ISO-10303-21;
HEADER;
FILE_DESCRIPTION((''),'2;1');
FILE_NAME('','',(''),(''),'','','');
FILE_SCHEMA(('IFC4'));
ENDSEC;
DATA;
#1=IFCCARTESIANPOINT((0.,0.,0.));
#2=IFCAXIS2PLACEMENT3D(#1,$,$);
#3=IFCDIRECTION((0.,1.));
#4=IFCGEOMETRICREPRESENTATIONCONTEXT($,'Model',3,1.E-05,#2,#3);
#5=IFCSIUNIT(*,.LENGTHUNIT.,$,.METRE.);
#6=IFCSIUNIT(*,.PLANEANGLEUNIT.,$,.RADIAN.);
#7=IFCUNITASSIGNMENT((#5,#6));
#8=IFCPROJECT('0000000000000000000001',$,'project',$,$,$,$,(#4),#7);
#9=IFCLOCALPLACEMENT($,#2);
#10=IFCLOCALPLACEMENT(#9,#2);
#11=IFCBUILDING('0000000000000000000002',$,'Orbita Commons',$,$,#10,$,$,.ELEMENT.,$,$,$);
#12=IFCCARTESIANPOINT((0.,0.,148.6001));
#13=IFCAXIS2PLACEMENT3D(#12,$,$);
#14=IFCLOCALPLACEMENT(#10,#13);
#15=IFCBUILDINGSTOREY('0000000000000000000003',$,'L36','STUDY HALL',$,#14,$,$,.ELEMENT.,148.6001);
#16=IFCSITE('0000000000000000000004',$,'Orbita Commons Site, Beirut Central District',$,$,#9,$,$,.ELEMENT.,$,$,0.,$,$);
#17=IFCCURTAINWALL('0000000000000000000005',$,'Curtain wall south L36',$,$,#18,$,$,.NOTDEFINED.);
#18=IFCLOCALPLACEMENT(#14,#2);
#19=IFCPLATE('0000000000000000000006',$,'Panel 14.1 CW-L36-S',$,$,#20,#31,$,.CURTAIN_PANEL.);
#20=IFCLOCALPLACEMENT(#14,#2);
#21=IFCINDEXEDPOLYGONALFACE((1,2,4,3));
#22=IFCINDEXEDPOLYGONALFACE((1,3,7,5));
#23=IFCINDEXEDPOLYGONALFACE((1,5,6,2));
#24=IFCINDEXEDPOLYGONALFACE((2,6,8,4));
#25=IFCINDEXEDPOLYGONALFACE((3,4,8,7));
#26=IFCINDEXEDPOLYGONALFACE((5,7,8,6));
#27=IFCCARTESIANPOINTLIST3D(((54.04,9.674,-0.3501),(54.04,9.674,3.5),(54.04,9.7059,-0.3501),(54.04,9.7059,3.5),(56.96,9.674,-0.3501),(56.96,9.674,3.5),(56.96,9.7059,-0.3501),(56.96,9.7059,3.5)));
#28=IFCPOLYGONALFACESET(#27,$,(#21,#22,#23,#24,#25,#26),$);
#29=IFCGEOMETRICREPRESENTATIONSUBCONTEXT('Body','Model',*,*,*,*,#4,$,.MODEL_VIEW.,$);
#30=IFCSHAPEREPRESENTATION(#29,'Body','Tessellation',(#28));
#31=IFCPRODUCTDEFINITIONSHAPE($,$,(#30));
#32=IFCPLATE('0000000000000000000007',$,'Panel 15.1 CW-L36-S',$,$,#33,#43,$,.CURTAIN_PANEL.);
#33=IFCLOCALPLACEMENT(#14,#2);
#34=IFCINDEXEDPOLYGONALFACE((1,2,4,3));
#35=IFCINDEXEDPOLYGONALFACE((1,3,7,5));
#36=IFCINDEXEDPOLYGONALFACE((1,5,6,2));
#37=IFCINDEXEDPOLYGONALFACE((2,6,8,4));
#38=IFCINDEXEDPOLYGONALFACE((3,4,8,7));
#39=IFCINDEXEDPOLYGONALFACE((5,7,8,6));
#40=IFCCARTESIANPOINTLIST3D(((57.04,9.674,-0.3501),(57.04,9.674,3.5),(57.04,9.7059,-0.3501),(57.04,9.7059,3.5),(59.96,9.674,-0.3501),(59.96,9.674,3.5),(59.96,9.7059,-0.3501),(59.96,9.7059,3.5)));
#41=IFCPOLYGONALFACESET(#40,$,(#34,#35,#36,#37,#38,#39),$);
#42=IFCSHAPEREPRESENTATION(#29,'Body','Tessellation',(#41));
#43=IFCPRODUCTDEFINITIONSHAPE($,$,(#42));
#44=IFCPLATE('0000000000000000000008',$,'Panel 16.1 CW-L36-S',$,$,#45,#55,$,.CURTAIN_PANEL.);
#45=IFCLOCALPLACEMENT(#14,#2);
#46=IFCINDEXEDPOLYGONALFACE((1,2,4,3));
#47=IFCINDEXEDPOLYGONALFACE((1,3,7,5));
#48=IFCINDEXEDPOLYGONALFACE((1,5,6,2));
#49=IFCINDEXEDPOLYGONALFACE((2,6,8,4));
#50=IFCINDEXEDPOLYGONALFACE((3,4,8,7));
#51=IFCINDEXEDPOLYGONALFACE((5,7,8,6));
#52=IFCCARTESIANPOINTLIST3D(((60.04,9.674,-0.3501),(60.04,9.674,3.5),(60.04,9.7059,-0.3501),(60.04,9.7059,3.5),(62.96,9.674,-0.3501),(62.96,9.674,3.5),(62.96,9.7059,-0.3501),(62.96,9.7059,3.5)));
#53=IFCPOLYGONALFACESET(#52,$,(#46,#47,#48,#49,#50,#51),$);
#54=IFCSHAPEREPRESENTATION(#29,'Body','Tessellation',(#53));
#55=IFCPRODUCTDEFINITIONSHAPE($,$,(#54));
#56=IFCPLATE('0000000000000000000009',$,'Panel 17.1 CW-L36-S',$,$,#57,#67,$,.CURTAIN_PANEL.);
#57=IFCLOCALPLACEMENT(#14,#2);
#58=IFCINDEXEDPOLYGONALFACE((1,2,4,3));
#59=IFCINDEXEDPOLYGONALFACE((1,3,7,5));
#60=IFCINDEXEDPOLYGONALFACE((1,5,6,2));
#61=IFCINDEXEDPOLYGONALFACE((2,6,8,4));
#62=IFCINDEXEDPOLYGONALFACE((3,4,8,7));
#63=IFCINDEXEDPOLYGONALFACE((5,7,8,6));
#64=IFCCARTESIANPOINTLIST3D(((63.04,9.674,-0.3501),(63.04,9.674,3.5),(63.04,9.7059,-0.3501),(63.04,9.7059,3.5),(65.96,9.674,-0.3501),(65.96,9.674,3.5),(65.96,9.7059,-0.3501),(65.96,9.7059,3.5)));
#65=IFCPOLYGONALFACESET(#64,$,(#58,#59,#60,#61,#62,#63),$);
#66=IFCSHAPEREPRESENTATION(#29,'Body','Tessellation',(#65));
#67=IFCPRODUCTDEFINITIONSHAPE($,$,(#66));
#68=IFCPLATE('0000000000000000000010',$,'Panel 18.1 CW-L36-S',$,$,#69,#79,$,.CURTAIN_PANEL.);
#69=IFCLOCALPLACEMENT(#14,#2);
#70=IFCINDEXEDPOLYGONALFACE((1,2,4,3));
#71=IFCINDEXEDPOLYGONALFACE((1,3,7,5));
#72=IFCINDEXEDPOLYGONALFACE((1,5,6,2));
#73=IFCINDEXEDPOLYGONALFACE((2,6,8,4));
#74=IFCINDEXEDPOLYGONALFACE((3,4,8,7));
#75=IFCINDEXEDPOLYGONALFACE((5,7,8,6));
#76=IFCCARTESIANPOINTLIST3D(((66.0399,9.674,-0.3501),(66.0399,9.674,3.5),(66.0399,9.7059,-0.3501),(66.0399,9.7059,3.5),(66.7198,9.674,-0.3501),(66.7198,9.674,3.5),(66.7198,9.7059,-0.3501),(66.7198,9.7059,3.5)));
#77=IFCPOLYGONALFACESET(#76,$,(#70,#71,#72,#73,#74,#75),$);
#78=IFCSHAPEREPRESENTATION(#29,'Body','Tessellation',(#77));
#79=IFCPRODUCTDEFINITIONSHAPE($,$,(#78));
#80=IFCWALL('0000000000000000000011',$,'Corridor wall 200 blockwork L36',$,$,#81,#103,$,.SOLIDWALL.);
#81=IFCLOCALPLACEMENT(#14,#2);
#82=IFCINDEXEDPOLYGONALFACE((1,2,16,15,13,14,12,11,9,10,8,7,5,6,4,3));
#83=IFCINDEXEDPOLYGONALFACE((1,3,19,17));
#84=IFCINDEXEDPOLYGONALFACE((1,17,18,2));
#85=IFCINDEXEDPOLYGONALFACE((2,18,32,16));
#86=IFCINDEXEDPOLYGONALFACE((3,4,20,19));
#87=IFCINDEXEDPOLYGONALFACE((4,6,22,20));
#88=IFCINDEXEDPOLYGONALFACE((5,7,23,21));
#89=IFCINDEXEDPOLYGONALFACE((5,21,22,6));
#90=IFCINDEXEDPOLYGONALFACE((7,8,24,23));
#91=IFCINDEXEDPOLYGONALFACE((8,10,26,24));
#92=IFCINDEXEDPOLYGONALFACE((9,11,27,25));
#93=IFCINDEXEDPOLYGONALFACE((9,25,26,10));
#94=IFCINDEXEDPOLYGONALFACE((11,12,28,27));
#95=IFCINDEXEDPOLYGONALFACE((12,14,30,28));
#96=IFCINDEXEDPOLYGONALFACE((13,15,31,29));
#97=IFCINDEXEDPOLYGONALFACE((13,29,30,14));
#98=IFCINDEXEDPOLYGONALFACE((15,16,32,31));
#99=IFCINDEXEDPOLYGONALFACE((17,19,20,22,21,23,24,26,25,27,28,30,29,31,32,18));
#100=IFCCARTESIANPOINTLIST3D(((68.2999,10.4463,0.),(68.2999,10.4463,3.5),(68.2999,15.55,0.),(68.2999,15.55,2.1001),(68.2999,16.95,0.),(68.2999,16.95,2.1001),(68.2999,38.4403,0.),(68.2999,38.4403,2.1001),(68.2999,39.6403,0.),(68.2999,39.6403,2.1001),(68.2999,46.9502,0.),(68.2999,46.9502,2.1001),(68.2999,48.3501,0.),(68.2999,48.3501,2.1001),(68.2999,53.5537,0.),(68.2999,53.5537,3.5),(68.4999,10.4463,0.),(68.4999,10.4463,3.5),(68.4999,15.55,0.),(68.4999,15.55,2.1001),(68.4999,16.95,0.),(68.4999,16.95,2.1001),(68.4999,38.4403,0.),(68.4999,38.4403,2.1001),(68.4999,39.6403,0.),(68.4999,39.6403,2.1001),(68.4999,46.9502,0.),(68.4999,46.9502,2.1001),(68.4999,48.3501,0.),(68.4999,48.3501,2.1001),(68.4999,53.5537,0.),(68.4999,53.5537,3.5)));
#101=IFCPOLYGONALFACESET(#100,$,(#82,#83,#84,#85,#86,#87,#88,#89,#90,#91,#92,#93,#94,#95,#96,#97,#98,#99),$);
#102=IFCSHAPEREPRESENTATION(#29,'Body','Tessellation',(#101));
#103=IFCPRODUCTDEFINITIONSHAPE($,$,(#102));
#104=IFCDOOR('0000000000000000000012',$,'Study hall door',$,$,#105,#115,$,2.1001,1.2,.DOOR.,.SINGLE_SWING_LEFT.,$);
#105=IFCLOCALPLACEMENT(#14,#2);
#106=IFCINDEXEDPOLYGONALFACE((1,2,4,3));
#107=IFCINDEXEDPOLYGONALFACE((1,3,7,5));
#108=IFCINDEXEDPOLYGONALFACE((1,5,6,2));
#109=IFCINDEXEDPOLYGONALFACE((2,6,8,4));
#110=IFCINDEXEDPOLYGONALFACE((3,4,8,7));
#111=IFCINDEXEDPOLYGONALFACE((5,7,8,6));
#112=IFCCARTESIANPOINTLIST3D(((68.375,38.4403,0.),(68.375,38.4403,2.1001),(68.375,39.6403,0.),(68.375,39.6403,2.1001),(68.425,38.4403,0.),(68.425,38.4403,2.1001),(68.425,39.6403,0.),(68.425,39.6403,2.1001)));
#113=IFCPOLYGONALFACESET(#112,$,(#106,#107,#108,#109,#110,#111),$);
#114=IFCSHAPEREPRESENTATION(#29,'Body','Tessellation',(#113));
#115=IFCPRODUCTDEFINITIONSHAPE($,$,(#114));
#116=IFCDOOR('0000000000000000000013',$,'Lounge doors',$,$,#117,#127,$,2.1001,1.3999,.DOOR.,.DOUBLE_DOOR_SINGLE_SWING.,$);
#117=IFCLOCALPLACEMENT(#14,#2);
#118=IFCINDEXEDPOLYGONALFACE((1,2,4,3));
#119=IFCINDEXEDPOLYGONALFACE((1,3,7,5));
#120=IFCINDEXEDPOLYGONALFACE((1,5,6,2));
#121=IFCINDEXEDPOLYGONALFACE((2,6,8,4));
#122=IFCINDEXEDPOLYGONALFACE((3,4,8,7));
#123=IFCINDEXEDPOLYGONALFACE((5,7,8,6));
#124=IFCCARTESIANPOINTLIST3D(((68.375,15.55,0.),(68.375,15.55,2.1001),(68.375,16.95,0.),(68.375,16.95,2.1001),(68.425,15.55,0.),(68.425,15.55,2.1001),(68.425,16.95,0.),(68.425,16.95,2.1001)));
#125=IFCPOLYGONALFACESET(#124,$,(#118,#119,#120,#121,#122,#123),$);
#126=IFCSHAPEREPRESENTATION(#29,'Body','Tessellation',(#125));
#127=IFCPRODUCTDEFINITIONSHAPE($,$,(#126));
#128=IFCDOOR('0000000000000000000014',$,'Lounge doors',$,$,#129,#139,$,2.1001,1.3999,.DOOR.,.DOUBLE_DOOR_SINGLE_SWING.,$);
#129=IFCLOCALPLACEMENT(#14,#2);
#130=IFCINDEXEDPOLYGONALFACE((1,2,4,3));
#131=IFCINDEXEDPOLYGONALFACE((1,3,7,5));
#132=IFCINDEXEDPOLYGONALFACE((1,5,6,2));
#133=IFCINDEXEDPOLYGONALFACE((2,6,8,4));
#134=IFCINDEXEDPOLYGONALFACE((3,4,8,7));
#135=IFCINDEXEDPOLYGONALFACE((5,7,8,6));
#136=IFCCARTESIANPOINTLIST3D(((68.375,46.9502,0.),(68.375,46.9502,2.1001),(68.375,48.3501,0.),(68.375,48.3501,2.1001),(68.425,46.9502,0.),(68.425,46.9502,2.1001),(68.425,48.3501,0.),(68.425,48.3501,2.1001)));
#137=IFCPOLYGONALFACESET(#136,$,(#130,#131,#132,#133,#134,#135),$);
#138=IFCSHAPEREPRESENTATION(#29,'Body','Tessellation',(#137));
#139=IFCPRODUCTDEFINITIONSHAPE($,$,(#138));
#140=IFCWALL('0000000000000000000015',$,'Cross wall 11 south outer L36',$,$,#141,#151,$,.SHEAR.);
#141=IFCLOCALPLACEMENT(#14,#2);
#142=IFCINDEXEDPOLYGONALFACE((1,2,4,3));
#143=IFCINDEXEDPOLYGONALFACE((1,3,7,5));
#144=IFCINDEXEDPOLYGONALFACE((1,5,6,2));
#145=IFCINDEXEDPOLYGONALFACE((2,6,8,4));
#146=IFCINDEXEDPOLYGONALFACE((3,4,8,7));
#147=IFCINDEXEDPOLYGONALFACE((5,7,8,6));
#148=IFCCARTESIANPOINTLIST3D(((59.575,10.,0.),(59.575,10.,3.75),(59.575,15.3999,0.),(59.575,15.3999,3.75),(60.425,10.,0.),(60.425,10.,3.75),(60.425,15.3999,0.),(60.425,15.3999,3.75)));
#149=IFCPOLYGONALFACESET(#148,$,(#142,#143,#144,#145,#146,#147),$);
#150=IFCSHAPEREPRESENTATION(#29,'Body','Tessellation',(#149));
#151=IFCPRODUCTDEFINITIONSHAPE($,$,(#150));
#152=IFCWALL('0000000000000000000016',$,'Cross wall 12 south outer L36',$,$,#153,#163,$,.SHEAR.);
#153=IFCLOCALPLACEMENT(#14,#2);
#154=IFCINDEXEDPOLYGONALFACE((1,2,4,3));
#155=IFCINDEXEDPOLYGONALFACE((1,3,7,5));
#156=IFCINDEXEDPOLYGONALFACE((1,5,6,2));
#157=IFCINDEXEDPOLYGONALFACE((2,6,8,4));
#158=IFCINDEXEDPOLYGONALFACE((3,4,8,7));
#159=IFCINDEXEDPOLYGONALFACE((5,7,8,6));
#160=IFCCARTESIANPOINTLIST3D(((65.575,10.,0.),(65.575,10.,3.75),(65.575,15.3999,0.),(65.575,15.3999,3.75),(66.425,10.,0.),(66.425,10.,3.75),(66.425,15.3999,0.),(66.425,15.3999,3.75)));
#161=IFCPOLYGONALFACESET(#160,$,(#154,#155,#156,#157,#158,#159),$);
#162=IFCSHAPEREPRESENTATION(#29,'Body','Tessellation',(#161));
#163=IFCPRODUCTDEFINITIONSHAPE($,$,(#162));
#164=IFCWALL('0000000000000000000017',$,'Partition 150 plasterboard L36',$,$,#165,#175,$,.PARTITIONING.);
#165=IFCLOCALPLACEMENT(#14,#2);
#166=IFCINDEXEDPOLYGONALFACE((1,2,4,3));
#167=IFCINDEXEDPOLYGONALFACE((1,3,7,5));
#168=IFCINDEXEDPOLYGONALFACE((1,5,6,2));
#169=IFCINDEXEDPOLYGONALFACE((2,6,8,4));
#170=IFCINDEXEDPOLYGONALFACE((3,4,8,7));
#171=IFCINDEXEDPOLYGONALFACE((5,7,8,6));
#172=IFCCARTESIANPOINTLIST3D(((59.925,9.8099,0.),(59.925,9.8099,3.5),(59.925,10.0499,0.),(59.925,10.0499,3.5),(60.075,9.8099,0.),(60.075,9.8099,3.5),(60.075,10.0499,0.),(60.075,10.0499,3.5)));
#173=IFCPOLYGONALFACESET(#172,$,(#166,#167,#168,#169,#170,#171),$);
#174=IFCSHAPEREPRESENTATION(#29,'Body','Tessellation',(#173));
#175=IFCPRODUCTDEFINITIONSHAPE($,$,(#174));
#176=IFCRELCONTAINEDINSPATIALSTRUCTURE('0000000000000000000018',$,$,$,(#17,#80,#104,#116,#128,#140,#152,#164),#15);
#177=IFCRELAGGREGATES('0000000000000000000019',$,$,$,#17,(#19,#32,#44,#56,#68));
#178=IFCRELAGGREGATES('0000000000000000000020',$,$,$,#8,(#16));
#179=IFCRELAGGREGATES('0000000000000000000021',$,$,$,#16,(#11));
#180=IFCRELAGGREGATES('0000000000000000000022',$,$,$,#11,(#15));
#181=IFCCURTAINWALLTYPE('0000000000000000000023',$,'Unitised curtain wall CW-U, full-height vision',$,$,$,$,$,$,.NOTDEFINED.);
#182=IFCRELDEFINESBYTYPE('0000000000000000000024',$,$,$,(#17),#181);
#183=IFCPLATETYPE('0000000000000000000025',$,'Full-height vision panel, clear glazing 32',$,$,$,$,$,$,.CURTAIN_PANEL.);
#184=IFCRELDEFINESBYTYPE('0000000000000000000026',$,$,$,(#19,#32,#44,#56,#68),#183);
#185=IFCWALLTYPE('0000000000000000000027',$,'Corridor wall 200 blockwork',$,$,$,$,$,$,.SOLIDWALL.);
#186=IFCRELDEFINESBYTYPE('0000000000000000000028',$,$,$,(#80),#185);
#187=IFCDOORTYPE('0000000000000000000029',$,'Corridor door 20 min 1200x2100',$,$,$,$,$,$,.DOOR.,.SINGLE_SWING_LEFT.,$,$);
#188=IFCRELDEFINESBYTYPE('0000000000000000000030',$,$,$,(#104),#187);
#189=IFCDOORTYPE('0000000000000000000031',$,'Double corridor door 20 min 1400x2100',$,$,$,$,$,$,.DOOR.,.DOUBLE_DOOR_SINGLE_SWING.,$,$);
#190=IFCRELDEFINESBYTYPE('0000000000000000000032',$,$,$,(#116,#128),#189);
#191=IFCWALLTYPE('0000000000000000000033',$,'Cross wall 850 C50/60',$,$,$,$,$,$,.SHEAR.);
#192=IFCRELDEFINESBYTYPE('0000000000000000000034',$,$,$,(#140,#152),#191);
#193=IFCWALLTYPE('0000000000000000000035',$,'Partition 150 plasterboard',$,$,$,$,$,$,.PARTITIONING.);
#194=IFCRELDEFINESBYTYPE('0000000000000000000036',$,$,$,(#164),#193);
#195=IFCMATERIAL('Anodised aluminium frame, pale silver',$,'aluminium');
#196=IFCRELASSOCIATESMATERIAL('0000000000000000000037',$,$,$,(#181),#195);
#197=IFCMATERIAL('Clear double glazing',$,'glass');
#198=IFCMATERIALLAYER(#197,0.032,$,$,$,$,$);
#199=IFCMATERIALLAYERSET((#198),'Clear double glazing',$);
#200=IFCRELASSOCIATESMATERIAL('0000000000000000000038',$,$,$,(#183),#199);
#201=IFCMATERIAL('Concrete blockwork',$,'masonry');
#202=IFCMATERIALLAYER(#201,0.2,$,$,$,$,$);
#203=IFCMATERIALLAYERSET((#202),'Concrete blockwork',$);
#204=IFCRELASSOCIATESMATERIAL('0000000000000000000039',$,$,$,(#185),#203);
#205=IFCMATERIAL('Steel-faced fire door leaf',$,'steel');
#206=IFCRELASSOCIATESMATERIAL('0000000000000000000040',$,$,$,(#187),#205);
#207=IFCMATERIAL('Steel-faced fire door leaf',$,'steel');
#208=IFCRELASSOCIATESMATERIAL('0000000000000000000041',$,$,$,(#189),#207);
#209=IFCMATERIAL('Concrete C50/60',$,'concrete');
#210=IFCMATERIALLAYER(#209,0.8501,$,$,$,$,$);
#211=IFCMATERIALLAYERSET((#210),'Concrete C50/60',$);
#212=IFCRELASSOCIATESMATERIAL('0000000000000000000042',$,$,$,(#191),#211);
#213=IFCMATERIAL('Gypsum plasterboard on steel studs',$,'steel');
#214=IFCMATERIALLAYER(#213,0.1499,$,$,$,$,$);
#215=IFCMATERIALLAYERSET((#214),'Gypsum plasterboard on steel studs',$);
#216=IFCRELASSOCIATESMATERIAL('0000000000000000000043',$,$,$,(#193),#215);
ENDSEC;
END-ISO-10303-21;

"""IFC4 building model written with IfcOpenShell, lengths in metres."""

from ifc_helpers import new_model, si_unit, direction, frame, frame_2d, origin, origin_2d, place, context, subcontext, project, spatial, rectangle, extrude, material, layer, layer_set, type_object, element, fill, aggregate, save


model = new_model("IFC4")

# Units and contexts
model_context = context("Model", 3, precision=1e-05, world=origin(), true_north=direction((0.0, 1.0)))
body_context = subcontext(model_context, "Body", "Model", "MODEL_VIEW")
ifc_project = project(units=[si_unit("LENGTHUNIT", "METRE"), si_unit("PLANEANGLEUNIT", "RADIAN")], contexts=[model_context])

# Site, building, storey
site_placement = place(None, origin())
site = spatial("IfcSite", under=ifc_project, at=site_placement, Name="Orbita Commons Site, Beirut Central District", CompositionType="ELEMENT", RefElevation=0.0)
building_placement = place(site_placement, origin())
building = spatial("IfcBuilding", under=site, at=building_placement, Name="Orbita Commons", CompositionType="ELEMENT")
storey_placement = place(building_placement, frame((0.0, 0.0, 148.6001)))
storey = spatial("IfcBuildingStorey", under=building, at=storey_placement, Name="L36", Description="STUDY HALL", CompositionType="ELEMENT", Elevation=148.6001)

# Curtain wall
ifc_material_1 = material(Name="Anodised aluminium frame, pale silver", Category="aluminium")
curtain_wall_type = type_object("IfcCurtainWallType", Name="Unitised curtain wall CW-U, full-height vision", PredefinedType="NOTDEFINED", material=ifc_material_1)
curtain_wall_placement = place(storey_placement, origin())
curtain_wall = element("IfcCurtainWall", 1, at=curtain_wall_placement, inside=storey, type_object=curtain_wall_type, Name="Curtain wall south L36", PredefinedType="NOTDEFINED")

# Plates
ifc_material_2 = material(Name="Clear double glazing", Category="glass")
ifc_layer_1 = layer(ifc_material_2, 0.032)
ifc_layer_set_1 = layer_set([ifc_layer_1], Name="Clear double glazing")
plate_type = type_object("IfcPlateType", Name="Full-height vision panel, clear glazing 32", PredefinedType="CURTAIN_PANEL", material=ifc_layer_set_1)
plate_1_placement = place(storey_placement, frame((55.5, 9.6899, -0.3501), z_axis=(0.0, 0.0, 1.0), x_axis=(1.0, 0.0, 0.0)))
plate_1 = element("IfcPlate", 2, at=plate_1_placement, type_object=plate_type, Name="Panel 14.1 CW-L36-S", PredefinedType="CURTAIN_PANEL", context=body_context, shape_type="SweptSolid", body=[
    extrude(rectangle(XDim=2.9199, YDim=0.032, at=origin_2d()), origin(), (0.0, 0.0, 1.0), 3.8501),
])
plate_2_placement = place(storey_placement, frame((58.5, 9.6899, -0.3501), z_axis=(0.0, 0.0, 1.0), x_axis=(1.0, 0.0, 0.0)))
plate_2 = element("IfcPlate", 3, at=plate_2_placement, type_object=plate_type, Name="Panel 15.1 CW-L36-S", PredefinedType="CURTAIN_PANEL", context=body_context, shape_type="SweptSolid", body=[
    extrude(rectangle(XDim=2.9199, YDim=0.032, at=origin_2d()), origin(), (0.0, 0.0, 1.0), 3.8501),
])
plate_3_placement = place(storey_placement, frame((61.5, 9.6899, -0.3501), z_axis=(0.0, 0.0, 1.0), x_axis=(1.0, 0.0, 0.0)))
plate_3 = element("IfcPlate", 4, at=plate_3_placement, type_object=plate_type, Name="Panel 16.1 CW-L36-S", PredefinedType="CURTAIN_PANEL", context=body_context, shape_type="SweptSolid", body=[
    extrude(rectangle(XDim=2.9199, YDim=0.032, at=origin_2d()), origin(), (0.0, 0.0, 1.0), 3.8501),
])
plate_4_placement = place(storey_placement, frame((64.5, 9.6899, -0.3501), z_axis=(0.0, 0.0, 1.0), x_axis=(1.0, 0.0, 0.0)))
plate_4 = element("IfcPlate", 5, at=plate_4_placement, type_object=plate_type, Name="Panel 17.1 CW-L36-S", PredefinedType="CURTAIN_PANEL", context=body_context, shape_type="SweptSolid", body=[
    extrude(rectangle(XDim=2.9199, YDim=0.032, at=origin_2d()), origin(), (0.0, 0.0, 1.0), 3.8501),
])
plate_5_placement = place(storey_placement, frame((66.3799, 9.6899, -0.3501), z_axis=(0.0, 0.0, 1.0), x_axis=(1.0, 0.0, 0.0)))
plate_5 = element("IfcPlate", 6, at=plate_5_placement, type_object=plate_type, Name="Panel 18.1 CW-L36-S", PredefinedType="CURTAIN_PANEL", context=body_context, shape_type="SweptSolid", body=[
    extrude(rectangle(XDim=0.6799, YDim=0.032, at=origin_2d()), origin(), (0.0, 0.0, 1.0), 3.8501),
])
aggregate(curtain_wall, [plate_1, plate_2, plate_3, plate_4, plate_5])

# Wall, openings, doors
ifc_material_3 = material(Name="Concrete blockwork", Category="masonry")
ifc_layer_2 = layer(ifc_material_3, 0.2)
ifc_layer_set_2 = layer_set([ifc_layer_2], Name="Concrete blockwork")
wall_type_1 = type_object("IfcWallType", Name="Corridor wall 200 blockwork", PredefinedType="SOLIDWALL", material=ifc_layer_set_2)
wall_1_placement = place(storey_placement, frame((68.3999, 10.4463, 0.0), z_axis=(0.0, 0.0, 1.0), x_axis=(0.0, 1.0, 0.0)))
wall_1 = element("IfcWall", 7, at=wall_1_placement, inside=storey, type_object=wall_type_1, Name="Corridor wall 200 blockwork L36", PredefinedType="SOLIDWALL", context=body_context, shape_type="SweptSolid", body=[
    extrude(rectangle(XDim=43.1074, YDim=0.2, at=frame_2d((21.5537, 0.0))), origin(), (0.0, 0.0, 1.0), 3.5),
])
opening_1_placement = place(wall_1_placement, frame((27.9939, 0.0, 0.0)))
opening_1 = element("IfcOpeningElement", 8, at=opening_1_placement, cuts=wall_1, PredefinedType="OPENING", context=body_context, shape_type="SweptSolid", body=[
    extrude(rectangle(XDim=1.2, YDim=2.1001, at=frame_2d((0.6001, 1.05))), frame((0.0, 0.1099, 0.0), z_axis=(0.0, -1.0, 0.0), x_axis=(1.0, 0.0, 0.0)), (0.0, 0.0, 1.0), 0.22),
])
opening_2_placement = place(wall_1_placement, frame((5.1038, 0.0, 0.0)))
opening_2 = element("IfcOpeningElement", 9, at=opening_2_placement, cuts=wall_1, PredefinedType="OPENING", context=body_context, shape_type="SweptSolid", body=[
    extrude(rectangle(XDim=1.3999, YDim=2.1001, at=frame_2d((0.7, 1.05))), frame((0.0, 0.1099, 0.0), z_axis=(0.0, -1.0, 0.0), x_axis=(1.0, 0.0, 0.0)), (0.0, 0.0, 1.0), 0.22),
])
opening_3_placement = place(wall_1_placement, frame((36.5039, 0.0, 0.0)))
opening_3 = element("IfcOpeningElement", 10, at=opening_3_placement, cuts=wall_1, PredefinedType="OPENING", context=body_context, shape_type="SweptSolid", body=[
    extrude(rectangle(XDim=1.3999, YDim=2.1001, at=frame_2d((0.7, 1.05))), frame((0.0, 0.1099, 0.0), z_axis=(0.0, -1.0, 0.0), x_axis=(1.0, 0.0, 0.0)), (0.0, 0.0, 1.0), 0.22),
])
ifc_material_4 = material(Name="Steel-faced fire door leaf", Category="steel")
door_type_1 = type_object("IfcDoorType", Name="Corridor door 20 min 1200x2100", OperationType="SINGLE_SWING_LEFT", PredefinedType="DOOR", material=ifc_material_4)
door_1_placement = place(opening_1_placement, origin())
door_1 = element("IfcDoor", 11, at=door_1_placement, inside=storey, type_object=door_type_1, Name="Study hall door", OperationType="SINGLE_SWING_LEFT", OverallHeight=2.1001, OverallWidth=1.2, PredefinedType="DOOR", context=body_context, shape_type="SweptSolid", body=[
    extrude(rectangle(XDim=1.2, YDim=2.1001, at=frame_2d((0.6001, 1.05))), frame((0.0, 0.0249, 0.0), z_axis=(0.0, -1.0, 0.0), x_axis=(1.0, 0.0, 0.0)), (0.0, 0.0, 1.0), 0.05),
])
fill(opening_1, door_1)
ifc_material_5 = material(Name="Steel-faced fire door leaf", Category="steel")
door_type_2 = type_object("IfcDoorType", Name="Double corridor door 20 min 1400x2100", OperationType="DOUBLE_DOOR_SINGLE_SWING", PredefinedType="DOOR", material=ifc_material_5)
door_2_placement = place(opening_2_placement, origin())
door_2 = element("IfcDoor", 12, at=door_2_placement, inside=storey, type_object=door_type_2, Name="Lounge doors", OperationType="DOUBLE_DOOR_SINGLE_SWING", OverallHeight=2.1001, OverallWidth=1.3999, PredefinedType="DOOR", context=body_context, shape_type="SweptSolid", body=[
    extrude(rectangle(XDim=1.3999, YDim=2.1001, at=frame_2d((0.7, 1.05))), frame((0.0, 0.0249, 0.0), z_axis=(0.0, -1.0, 0.0), x_axis=(1.0, 0.0, 0.0)), (0.0, 0.0, 1.0), 0.05),
])
fill(opening_2, door_2)
door_3_placement = place(opening_3_placement, origin())
door_3 = element("IfcDoor", 13, at=door_3_placement, inside=storey, type_object=door_type_2, Name="Lounge doors", OperationType="DOUBLE_DOOR_SINGLE_SWING", OverallHeight=2.1001, OverallWidth=1.3999, PredefinedType="DOOR", context=body_context, shape_type="SweptSolid", body=[
    extrude(rectangle(XDim=1.3999, YDim=2.1001, at=frame_2d((0.7, 1.05))), frame((0.0, 0.0249, 0.0), z_axis=(0.0, -1.0, 0.0), x_axis=(1.0, 0.0, 0.0)), (0.0, 0.0, 1.0), 0.05),
])
fill(opening_3, door_3)

# Walls
ifc_material_6 = material(Name="Concrete C50/60", Category="concrete")
ifc_layer_3 = layer(ifc_material_6, 0.8501)
ifc_layer_set_3 = layer_set([ifc_layer_3], Name="Concrete C50/60")
wall_type_2 = type_object("IfcWallType", Name="Cross wall 850 C50/60", PredefinedType="SHEAR", material=ifc_layer_set_3)
for number, where, z_axis, x_axis, name in (
    (14, (60.0, 10.0, 0.0), (0.0, 0.0, 1.0), (0.0, 1.0, 0.0), "Cross wall 11 south outer L36"),
    (15, (66.0, 10.0, 0.0), (0.0, 0.0, 1.0), (0.0, 1.0, 0.0), "Cross wall 12 south outer L36"),
):
    element("IfcWall", number, at=place(storey_placement, frame(where, z_axis=z_axis, x_axis=x_axis)), inside=storey, type_object=wall_type_2, Name=name, PredefinedType="SHEAR", context=body_context, shape_type="SweptSolid", body=[
        extrude(rectangle(XDim=5.3999, YDim=0.8501, at=frame_2d((2.7, 0.0))), origin(), (0.0, 0.0, 1.0), 3.75),
    ])
ifc_material_7 = material(Name="Gypsum plasterboard on steel studs", Category="steel")
ifc_layer_4 = layer(ifc_material_7, 0.1499)
ifc_layer_set_4 = layer_set([ifc_layer_4], Name="Gypsum plasterboard on steel studs")
wall_type_3 = type_object("IfcWallType", Name="Partition 150 plasterboard", PredefinedType="PARTITIONING", material=ifc_layer_set_4)
for number, where, z_axis, x_axis, name in (
    (16, (60.0, 10.05, 0.0), (0.0, 0.0, 1.0), (0.0, -1.0, 0.0), "Partition 150 plasterboard L36"),
):
    element("IfcWall", number, at=place(storey_placement, frame(where, z_axis=z_axis, x_axis=x_axis)), inside=storey, type_object=wall_type_3, Name=name, PredefinedType="PARTITIONING", context=body_context, shape_type="SweptSolid", body=[
        extrude(rectangle(XDim=0.24, YDim=0.1499, at=frame_2d((0.1201, 0.0))), origin(), (0.0, 0.0, 1.0), 3.5),
    ])

save(model, "model.ifc")
